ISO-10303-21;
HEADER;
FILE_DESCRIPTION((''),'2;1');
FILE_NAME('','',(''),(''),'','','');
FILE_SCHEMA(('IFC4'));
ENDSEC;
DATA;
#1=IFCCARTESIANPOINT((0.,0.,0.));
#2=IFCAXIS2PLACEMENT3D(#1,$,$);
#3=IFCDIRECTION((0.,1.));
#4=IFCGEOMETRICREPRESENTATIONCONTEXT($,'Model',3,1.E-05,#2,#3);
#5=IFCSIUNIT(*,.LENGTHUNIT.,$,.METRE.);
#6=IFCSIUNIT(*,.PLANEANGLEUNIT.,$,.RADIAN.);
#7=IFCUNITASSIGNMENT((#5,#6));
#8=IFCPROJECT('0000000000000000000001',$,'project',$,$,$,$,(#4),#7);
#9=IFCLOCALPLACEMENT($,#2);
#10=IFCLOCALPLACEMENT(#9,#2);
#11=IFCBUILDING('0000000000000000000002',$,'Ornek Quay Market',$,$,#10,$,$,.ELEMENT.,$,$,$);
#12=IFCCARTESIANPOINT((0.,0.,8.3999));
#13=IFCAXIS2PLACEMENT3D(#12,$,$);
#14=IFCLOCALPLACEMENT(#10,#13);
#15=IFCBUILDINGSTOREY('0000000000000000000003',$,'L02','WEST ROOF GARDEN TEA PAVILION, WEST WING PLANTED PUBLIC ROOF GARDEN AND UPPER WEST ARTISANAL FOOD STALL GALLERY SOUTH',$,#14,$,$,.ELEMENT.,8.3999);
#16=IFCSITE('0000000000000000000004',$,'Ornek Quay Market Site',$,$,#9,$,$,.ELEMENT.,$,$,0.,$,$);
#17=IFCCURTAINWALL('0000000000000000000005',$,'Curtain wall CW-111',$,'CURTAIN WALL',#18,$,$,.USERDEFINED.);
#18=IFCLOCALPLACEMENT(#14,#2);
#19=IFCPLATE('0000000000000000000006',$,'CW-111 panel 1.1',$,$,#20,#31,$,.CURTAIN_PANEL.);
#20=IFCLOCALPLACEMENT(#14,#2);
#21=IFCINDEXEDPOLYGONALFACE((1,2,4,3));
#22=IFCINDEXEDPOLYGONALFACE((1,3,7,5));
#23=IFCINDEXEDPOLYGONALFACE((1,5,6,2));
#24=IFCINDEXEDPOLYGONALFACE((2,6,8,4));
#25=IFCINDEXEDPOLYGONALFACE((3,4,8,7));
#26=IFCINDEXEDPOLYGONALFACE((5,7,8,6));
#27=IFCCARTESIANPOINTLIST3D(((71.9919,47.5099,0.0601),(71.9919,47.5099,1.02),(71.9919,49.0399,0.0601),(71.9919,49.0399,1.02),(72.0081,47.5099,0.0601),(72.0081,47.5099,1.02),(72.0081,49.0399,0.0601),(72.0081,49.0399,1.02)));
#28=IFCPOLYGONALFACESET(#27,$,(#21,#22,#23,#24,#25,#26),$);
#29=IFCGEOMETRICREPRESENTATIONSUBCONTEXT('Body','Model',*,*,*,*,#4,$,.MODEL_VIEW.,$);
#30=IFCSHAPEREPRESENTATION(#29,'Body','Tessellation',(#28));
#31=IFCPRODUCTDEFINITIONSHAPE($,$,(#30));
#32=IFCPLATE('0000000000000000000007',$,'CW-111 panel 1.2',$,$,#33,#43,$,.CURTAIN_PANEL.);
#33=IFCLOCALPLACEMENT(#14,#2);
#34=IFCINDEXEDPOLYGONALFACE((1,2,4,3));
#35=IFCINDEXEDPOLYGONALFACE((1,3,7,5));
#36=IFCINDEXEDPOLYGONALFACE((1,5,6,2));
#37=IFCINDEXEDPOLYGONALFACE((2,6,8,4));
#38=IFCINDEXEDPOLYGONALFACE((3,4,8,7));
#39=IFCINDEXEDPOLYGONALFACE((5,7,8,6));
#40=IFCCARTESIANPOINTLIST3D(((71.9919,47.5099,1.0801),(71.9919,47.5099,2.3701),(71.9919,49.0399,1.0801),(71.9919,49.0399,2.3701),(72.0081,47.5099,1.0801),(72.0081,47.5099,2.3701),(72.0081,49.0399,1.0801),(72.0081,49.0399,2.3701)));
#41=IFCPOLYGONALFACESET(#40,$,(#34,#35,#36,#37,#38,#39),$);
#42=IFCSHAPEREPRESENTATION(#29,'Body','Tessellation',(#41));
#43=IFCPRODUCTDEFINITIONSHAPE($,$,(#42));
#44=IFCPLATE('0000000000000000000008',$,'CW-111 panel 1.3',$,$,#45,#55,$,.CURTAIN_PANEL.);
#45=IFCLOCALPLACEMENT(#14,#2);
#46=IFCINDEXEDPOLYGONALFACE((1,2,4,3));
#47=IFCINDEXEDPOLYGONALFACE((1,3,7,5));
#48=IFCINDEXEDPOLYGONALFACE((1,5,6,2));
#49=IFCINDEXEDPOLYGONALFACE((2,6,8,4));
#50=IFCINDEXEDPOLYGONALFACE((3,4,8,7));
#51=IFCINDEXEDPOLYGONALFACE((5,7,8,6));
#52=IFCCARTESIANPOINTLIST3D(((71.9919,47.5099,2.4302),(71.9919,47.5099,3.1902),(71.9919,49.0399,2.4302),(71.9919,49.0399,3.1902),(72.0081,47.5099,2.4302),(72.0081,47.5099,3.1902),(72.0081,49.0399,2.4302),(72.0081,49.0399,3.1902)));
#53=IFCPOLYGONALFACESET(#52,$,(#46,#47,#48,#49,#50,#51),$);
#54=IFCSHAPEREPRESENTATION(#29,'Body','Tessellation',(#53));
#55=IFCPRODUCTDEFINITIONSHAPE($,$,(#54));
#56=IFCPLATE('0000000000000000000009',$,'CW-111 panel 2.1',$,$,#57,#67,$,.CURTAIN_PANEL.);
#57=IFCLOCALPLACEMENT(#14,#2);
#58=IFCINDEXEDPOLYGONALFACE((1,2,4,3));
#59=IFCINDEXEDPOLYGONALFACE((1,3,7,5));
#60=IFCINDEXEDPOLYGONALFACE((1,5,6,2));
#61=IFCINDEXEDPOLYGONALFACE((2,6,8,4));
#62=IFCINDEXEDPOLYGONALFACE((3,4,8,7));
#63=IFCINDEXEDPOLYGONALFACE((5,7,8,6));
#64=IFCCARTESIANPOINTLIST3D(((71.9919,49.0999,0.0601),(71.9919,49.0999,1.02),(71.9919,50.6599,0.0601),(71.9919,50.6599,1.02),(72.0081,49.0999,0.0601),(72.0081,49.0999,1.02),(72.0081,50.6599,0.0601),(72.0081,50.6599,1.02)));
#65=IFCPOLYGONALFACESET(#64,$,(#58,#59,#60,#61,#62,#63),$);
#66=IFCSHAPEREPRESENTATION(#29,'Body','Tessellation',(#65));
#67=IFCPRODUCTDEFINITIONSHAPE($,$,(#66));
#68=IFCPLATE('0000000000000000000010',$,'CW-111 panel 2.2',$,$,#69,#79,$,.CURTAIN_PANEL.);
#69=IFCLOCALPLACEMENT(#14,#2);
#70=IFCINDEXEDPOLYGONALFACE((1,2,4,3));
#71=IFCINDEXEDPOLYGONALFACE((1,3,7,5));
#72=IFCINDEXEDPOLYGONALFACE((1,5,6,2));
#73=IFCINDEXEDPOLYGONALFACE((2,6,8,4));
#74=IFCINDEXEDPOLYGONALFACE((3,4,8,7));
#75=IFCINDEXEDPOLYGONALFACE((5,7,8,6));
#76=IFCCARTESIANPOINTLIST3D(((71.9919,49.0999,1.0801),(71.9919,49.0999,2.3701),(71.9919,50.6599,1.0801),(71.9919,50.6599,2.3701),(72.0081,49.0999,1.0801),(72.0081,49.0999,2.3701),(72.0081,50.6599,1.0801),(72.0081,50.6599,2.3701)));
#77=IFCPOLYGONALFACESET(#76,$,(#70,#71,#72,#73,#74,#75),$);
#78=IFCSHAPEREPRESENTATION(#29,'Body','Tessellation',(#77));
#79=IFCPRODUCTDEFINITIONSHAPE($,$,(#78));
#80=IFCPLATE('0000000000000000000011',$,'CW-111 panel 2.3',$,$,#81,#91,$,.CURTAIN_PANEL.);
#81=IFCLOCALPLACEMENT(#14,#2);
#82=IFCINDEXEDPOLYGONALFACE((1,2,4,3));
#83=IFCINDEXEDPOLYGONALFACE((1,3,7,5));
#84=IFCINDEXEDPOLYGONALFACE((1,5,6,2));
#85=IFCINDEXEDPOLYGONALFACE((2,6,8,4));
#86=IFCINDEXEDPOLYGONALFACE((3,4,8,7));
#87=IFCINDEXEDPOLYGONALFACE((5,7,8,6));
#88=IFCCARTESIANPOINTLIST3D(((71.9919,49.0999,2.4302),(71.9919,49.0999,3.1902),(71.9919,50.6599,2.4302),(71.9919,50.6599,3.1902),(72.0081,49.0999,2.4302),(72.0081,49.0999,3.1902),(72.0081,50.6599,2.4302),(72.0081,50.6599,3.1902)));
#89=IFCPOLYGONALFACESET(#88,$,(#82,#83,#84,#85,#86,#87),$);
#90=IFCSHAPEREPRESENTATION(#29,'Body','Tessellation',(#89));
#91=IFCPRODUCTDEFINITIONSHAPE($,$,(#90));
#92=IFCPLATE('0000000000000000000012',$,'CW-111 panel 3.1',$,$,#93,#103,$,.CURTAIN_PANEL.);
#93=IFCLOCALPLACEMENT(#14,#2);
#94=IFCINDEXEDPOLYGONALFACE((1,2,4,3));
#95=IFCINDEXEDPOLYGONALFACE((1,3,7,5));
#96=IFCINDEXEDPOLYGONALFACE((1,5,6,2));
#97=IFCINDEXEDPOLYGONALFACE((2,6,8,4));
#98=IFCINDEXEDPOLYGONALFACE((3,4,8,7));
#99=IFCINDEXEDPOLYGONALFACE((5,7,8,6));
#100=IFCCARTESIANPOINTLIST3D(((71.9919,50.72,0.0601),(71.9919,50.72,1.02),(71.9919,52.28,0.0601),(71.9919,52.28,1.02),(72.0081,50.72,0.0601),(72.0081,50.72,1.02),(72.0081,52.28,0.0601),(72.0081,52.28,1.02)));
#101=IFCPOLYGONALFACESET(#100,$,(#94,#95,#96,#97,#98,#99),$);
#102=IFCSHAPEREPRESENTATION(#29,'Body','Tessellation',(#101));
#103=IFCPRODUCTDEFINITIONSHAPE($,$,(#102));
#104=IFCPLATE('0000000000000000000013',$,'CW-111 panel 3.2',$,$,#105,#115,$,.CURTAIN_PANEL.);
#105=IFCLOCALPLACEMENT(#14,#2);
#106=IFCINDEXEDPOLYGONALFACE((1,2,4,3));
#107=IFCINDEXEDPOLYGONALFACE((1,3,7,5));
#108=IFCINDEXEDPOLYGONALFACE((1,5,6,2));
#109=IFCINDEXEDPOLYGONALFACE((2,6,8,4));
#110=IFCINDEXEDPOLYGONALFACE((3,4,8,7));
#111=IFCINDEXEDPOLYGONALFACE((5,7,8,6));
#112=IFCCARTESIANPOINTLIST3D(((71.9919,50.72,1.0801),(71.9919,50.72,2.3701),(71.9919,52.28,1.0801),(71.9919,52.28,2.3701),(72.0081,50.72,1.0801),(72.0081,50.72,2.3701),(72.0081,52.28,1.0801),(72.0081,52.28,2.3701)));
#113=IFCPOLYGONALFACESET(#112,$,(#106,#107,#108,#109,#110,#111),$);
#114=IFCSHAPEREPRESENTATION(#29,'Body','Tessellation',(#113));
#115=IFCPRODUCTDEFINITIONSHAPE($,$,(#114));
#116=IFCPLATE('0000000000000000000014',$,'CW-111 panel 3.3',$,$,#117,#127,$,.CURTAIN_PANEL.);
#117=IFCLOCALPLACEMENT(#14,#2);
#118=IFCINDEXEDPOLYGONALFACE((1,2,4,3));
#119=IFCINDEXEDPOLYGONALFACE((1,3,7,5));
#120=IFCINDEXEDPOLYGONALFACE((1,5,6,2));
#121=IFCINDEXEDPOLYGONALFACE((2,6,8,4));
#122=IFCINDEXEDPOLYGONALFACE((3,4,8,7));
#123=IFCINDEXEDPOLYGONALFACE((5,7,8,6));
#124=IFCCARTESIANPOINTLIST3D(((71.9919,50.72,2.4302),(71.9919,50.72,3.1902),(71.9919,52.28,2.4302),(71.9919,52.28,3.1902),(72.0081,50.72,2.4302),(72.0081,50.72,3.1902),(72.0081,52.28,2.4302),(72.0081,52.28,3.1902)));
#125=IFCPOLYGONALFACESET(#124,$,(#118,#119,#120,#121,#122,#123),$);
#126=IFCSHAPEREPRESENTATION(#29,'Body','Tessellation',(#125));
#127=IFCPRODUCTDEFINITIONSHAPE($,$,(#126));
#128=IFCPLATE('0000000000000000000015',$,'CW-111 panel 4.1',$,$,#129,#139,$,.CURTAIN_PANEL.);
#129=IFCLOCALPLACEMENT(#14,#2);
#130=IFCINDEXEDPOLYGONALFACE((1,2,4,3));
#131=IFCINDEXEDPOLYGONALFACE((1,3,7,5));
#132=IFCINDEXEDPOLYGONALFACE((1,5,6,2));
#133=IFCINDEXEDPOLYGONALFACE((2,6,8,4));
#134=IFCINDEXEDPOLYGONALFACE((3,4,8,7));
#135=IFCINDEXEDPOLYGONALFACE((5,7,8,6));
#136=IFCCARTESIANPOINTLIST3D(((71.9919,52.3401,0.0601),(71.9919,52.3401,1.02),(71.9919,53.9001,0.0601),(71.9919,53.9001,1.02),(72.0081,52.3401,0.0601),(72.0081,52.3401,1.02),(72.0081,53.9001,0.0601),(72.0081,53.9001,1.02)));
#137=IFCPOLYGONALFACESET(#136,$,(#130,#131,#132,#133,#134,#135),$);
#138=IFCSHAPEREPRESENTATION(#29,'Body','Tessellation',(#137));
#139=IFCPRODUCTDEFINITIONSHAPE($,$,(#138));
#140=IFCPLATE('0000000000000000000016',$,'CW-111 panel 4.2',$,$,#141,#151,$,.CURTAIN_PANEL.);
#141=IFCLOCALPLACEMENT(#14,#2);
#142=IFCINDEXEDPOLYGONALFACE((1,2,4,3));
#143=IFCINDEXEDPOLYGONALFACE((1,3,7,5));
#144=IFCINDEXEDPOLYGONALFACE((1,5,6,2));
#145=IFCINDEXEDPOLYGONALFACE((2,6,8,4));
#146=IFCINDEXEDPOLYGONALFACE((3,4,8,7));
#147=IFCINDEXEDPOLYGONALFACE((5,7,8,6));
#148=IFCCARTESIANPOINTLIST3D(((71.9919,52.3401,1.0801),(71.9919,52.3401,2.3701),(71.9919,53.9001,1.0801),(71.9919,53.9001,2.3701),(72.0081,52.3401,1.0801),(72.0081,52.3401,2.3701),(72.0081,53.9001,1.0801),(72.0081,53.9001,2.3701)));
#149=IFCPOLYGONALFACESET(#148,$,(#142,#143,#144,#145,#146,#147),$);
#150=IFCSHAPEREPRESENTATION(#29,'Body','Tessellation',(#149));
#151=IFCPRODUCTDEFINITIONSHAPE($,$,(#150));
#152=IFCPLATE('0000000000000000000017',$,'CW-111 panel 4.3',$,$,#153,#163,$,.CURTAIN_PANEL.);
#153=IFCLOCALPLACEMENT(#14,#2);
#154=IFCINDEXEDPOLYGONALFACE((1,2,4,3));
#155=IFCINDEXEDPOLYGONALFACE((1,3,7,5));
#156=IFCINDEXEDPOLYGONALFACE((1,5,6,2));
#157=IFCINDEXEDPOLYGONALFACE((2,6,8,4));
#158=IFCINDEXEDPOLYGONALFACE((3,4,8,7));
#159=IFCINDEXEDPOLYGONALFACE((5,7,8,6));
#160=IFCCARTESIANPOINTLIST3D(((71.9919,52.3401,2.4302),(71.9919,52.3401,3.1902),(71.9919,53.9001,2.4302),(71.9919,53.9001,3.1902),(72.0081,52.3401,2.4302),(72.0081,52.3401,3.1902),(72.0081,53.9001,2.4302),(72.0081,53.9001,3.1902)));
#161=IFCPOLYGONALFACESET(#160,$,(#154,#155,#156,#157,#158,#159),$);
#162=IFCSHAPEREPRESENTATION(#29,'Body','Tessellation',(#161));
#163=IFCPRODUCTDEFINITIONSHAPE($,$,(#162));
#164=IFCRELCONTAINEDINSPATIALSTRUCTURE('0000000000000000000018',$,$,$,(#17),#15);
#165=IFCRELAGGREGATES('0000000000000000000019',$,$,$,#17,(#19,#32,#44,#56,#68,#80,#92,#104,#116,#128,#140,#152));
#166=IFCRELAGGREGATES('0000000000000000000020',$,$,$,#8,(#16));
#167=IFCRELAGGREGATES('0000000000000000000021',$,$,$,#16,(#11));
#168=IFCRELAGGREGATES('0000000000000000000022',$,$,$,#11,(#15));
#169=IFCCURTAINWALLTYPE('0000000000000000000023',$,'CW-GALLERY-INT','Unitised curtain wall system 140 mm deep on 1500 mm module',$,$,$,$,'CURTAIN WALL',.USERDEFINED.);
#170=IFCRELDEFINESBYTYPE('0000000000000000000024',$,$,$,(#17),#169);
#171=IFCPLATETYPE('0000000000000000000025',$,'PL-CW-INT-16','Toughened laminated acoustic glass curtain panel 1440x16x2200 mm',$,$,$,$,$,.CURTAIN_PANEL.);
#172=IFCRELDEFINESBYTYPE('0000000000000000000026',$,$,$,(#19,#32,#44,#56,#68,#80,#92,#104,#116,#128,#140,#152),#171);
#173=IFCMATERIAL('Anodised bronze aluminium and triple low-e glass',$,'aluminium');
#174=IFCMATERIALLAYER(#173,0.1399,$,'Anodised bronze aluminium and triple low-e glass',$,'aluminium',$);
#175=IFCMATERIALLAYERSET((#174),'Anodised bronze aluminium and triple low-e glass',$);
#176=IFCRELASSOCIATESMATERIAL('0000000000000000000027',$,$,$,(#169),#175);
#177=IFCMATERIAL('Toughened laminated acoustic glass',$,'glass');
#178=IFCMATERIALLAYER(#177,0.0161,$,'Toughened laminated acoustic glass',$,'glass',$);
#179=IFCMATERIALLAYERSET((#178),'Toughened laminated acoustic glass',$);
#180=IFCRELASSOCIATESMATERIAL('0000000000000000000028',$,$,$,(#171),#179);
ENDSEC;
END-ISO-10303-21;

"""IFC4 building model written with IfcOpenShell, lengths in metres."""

from ifc_helpers import new_model, si_unit, direction, frame, origin, origin_2d, place, context, subcontext, project, spatial, rectangle, extrude, material, layer, layer_set, type_object, element, aggregate, save


model = new_model("IFC4")

# Units and contexts
model_context = context("Model", 3, precision=1e-05, world=origin(), true_north=direction((0.0, 1.0)))
body_context = subcontext(model_context, "Body", "Model", "MODEL_VIEW")
ifc_project = project(units=[si_unit("LENGTHUNIT", "METRE"), si_unit("PLANEANGLEUNIT", "RADIAN")], contexts=[model_context])

# Site, building, storey
site_placement = place(None, origin())
site = spatial("IfcSite", under=ifc_project, at=site_placement, Name="Ornek Quay Market Site", CompositionType="ELEMENT", RefElevation=0.0)
building_placement = place(site_placement, origin())
building = spatial("IfcBuilding", under=site, at=building_placement, Name="Ornek Quay Market", CompositionType="ELEMENT")
storey_placement = place(building_placement, frame((0.0, 0.0, 8.3999)))
storey = spatial("IfcBuildingStorey", under=building, at=storey_placement, Name="L02", Description="WEST ROOF GARDEN TEA PAVILION, WEST WING PLANTED PUBLIC ROOF GARDEN AND UPPER WEST ARTISANAL FOOD STALL GALLERY SOUTH", CompositionType="ELEMENT", Elevation=8.3999)

# Curtain wall, plates
ifc_material_1 = material(Name="Anodised bronze aluminium and triple low-e glass", Category="aluminium")
ifc_layer_1 = layer(ifc_material_1, 0.1399, Name="Anodised bronze aluminium and triple low-e glass", Category="aluminium")
ifc_layer_set_1 = layer_set([ifc_layer_1], Name="Anodised bronze aluminium and triple low-e glass")
curtain_wall_type = type_object("IfcCurtainWallType", Name="CW-GALLERY-INT", Description="Unitised curtain wall system 140 mm deep on 1500 mm module", ElementType="CURTAIN WALL", PredefinedType="USERDEFINED", material=ifc_layer_set_1)
curtain_wall_placement = place(storey_placement, origin())
curtain_wall = element("IfcCurtainWall", 1, at=curtain_wall_placement, inside=storey, type_object=curtain_wall_type, Name="Curtain wall CW-111", ObjectType="CURTAIN WALL", PredefinedType="USERDEFINED")
ifc_material_2 = material(Name="Toughened laminated acoustic glass", Category="glass")
ifc_layer_2 = layer(ifc_material_2, 0.0161, Name="Toughened laminated acoustic glass", Category="glass")
ifc_layer_set_2 = layer_set([ifc_layer_2], Name="Toughened laminated acoustic glass")
plate_type = type_object("IfcPlateType", Name="PL-CW-INT-16", Description="Toughened laminated acoustic glass curtain panel 1440x16x2200 mm", PredefinedType="CURTAIN_PANEL", material=ifc_layer_set_2)
plate_1_placement = place(storey_placement, frame((72.0, 48.2749, 0.0601), z_axis=(0.0, 0.0, 1.0), x_axis=(0.0, 1.0, 0.0)))
plate_1 = element("IfcPlate", 2, at=plate_1_placement, type_object=plate_type, Name="CW-111 panel 1.1", PredefinedType="CURTAIN_PANEL", context=body_context, shape_type="SweptSolid", body=[
    extrude(rectangle(XDim=1.53, YDim=0.0161, at=origin_2d()), origin(), (0.0, 0.0, 1.0), 0.96),
])
plate_2_placement = place(storey_placement, frame((72.0, 48.2749, 1.0801), z_axis=(0.0, 0.0, 1.0), x_axis=(0.0, 1.0, 0.0)))
plate_2 = element("IfcPlate", 3, at=plate_2_placement, type_object=plate_type, Name="CW-111 panel 1.2", PredefinedType="CURTAIN_PANEL", context=body_context, shape_type="SweptSolid", body=[
    extrude(rectangle(XDim=1.53, YDim=0.0161, at=origin_2d()), origin(), (0.0, 0.0, 1.0), 1.29),
])
plate_3_placement = place(storey_placement, frame((72.0, 48.2749, 2.4302), z_axis=(0.0, 0.0, 1.0), x_axis=(0.0, 1.0, 0.0)))
plate_3 = element("IfcPlate", 4, at=plate_3_placement, type_object=plate_type, Name="CW-111 panel 1.3", PredefinedType="CURTAIN_PANEL", context=body_context, shape_type="SweptSolid", body=[
    extrude(rectangle(XDim=1.53, YDim=0.0161, at=origin_2d()), origin(), (0.0, 0.0, 1.0), 0.76),
])
plate_4_placement = place(storey_placement, frame((72.0, 49.8799, 0.0601), z_axis=(0.0, 0.0, 1.0), x_axis=(0.0, 1.0, 0.0)))
plate_4 = element("IfcPlate", 5, at=plate_4_placement, type_object=plate_type, Name="CW-111 panel 2.1", PredefinedType="CURTAIN_PANEL", context=body_context, shape_type="SweptSolid", body=[
    extrude(rectangle(XDim=1.5601, YDim=0.0161, at=origin_2d()), origin(), (0.0, 0.0, 1.0), 0.96),
])
plate_5_placement = place(storey_placement, frame((72.0, 49.8799, 1.0801), z_axis=(0.0, 0.0, 1.0), x_axis=(0.0, 1.0, 0.0)))
plate_5 = element("IfcPlate", 6, at=plate_5_placement, type_object=plate_type, Name="CW-111 panel 2.2", PredefinedType="CURTAIN_PANEL", context=body_context, shape_type="SweptSolid", body=[
    extrude(rectangle(XDim=1.5601, YDim=0.0161, at=origin_2d()), origin(), (0.0, 0.0, 1.0), 1.29),
])
plate_6_placement = place(storey_placement, frame((72.0, 49.8799, 2.4302), z_axis=(0.0, 0.0, 1.0), x_axis=(0.0, 1.0, 0.0)))
plate_6 = element("IfcPlate", 7, at=plate_6_placement, type_object=plate_type, Name="CW-111 panel 2.3", PredefinedType="CURTAIN_PANEL", context=body_context, shape_type="SweptSolid", body=[
    extrude(rectangle(XDim=1.5601, YDim=0.0161, at=origin_2d()), origin(), (0.0, 0.0, 1.0), 0.76),
])
plate_7_placement = place(storey_placement, frame((72.0, 51.5, 0.0601), z_axis=(0.0, 0.0, 1.0), x_axis=(0.0, 1.0, 0.0)))
plate_7 = element("IfcPlate", 8, at=plate_7_placement, type_object=plate_type, Name="CW-111 panel 3.1", PredefinedType="CURTAIN_PANEL", context=body_context, shape_type="SweptSolid", body=[
    extrude(rectangle(XDim=1.5601, YDim=0.0161, at=origin_2d()), origin(), (0.0, 0.0, 1.0), 0.96),
])
plate_8_placement = place(storey_placement, frame((72.0, 51.5, 1.0801), z_axis=(0.0, 0.0, 1.0), x_axis=(0.0, 1.0, 0.0)))
plate_8 = element("IfcPlate", 9, at=plate_8_placement, type_object=plate_type, Name="CW-111 panel 3.2", PredefinedType="CURTAIN_PANEL", context=body_context, shape_type="SweptSolid", body=[
    extrude(rectangle(XDim=1.5601, YDim=0.0161, at=origin_2d()), origin(), (0.0, 0.0, 1.0), 1.29),
])
plate_9_placement = place(storey_placement, frame((72.0, 51.5, 2.4302), z_axis=(0.0, 0.0, 1.0), x_axis=(0.0, 1.0, 0.0)))
plate_9 = element("IfcPlate", 10, at=plate_9_placement, type_object=plate_type, Name="CW-111 panel 3.3", PredefinedType="CURTAIN_PANEL", context=body_context, shape_type="SweptSolid", body=[
    extrude(rectangle(XDim=1.5601, YDim=0.0161, at=origin_2d()), origin(), (0.0, 0.0, 1.0), 0.76),
])
plate_10_placement = place(storey_placement, frame((72.0, 53.1201, 0.0601), z_axis=(0.0, 0.0, 1.0), x_axis=(0.0, 1.0, 0.0)))
plate_10 = element("IfcPlate", 11, at=plate_10_placement, type_object=plate_type, Name="CW-111 panel 4.1", PredefinedType="CURTAIN_PANEL", context=body_context, shape_type="SweptSolid", body=[
    extrude(rectangle(XDim=1.5601, YDim=0.0161, at=origin_2d()), origin(), (0.0, 0.0, 1.0), 0.96),
])
plate_11_placement = place(storey_placement, frame((72.0, 53.1201, 1.0801), z_axis=(0.0, 0.0, 1.0), x_axis=(0.0, 1.0, 0.0)))
plate_11 = element("IfcPlate", 12, at=plate_11_placement, type_object=plate_type, Name="CW-111 panel 4.2", PredefinedType="CURTAIN_PANEL", context=body_context, shape_type="SweptSolid", body=[
    extrude(rectangle(XDim=1.5601, YDim=0.0161, at=origin_2d()), origin(), (0.0, 0.0, 1.0), 1.29),
])
plate_12_placement = place(storey_placement, frame((72.0, 53.1201, 2.4302), z_axis=(0.0, 0.0, 1.0), x_axis=(0.0, 1.0, 0.0)))
plate_12 = element("IfcPlate", 13, at=plate_12_placement, type_object=plate_type, Name="CW-111 panel 4.3", PredefinedType="CURTAIN_PANEL", context=body_context, shape_type="SweptSolid", body=[
    extrude(rectangle(XDim=1.5601, YDim=0.0161, at=origin_2d()), origin(), (0.0, 0.0, 1.0), 0.76),
])
aggregate(curtain_wall, [plate_1, plate_2, plate_3, plate_4, plate_5, plate_6, plate_7, plate_8, plate_9, plate_10, plate_11, plate_12])

save(model, "model.ifc")
